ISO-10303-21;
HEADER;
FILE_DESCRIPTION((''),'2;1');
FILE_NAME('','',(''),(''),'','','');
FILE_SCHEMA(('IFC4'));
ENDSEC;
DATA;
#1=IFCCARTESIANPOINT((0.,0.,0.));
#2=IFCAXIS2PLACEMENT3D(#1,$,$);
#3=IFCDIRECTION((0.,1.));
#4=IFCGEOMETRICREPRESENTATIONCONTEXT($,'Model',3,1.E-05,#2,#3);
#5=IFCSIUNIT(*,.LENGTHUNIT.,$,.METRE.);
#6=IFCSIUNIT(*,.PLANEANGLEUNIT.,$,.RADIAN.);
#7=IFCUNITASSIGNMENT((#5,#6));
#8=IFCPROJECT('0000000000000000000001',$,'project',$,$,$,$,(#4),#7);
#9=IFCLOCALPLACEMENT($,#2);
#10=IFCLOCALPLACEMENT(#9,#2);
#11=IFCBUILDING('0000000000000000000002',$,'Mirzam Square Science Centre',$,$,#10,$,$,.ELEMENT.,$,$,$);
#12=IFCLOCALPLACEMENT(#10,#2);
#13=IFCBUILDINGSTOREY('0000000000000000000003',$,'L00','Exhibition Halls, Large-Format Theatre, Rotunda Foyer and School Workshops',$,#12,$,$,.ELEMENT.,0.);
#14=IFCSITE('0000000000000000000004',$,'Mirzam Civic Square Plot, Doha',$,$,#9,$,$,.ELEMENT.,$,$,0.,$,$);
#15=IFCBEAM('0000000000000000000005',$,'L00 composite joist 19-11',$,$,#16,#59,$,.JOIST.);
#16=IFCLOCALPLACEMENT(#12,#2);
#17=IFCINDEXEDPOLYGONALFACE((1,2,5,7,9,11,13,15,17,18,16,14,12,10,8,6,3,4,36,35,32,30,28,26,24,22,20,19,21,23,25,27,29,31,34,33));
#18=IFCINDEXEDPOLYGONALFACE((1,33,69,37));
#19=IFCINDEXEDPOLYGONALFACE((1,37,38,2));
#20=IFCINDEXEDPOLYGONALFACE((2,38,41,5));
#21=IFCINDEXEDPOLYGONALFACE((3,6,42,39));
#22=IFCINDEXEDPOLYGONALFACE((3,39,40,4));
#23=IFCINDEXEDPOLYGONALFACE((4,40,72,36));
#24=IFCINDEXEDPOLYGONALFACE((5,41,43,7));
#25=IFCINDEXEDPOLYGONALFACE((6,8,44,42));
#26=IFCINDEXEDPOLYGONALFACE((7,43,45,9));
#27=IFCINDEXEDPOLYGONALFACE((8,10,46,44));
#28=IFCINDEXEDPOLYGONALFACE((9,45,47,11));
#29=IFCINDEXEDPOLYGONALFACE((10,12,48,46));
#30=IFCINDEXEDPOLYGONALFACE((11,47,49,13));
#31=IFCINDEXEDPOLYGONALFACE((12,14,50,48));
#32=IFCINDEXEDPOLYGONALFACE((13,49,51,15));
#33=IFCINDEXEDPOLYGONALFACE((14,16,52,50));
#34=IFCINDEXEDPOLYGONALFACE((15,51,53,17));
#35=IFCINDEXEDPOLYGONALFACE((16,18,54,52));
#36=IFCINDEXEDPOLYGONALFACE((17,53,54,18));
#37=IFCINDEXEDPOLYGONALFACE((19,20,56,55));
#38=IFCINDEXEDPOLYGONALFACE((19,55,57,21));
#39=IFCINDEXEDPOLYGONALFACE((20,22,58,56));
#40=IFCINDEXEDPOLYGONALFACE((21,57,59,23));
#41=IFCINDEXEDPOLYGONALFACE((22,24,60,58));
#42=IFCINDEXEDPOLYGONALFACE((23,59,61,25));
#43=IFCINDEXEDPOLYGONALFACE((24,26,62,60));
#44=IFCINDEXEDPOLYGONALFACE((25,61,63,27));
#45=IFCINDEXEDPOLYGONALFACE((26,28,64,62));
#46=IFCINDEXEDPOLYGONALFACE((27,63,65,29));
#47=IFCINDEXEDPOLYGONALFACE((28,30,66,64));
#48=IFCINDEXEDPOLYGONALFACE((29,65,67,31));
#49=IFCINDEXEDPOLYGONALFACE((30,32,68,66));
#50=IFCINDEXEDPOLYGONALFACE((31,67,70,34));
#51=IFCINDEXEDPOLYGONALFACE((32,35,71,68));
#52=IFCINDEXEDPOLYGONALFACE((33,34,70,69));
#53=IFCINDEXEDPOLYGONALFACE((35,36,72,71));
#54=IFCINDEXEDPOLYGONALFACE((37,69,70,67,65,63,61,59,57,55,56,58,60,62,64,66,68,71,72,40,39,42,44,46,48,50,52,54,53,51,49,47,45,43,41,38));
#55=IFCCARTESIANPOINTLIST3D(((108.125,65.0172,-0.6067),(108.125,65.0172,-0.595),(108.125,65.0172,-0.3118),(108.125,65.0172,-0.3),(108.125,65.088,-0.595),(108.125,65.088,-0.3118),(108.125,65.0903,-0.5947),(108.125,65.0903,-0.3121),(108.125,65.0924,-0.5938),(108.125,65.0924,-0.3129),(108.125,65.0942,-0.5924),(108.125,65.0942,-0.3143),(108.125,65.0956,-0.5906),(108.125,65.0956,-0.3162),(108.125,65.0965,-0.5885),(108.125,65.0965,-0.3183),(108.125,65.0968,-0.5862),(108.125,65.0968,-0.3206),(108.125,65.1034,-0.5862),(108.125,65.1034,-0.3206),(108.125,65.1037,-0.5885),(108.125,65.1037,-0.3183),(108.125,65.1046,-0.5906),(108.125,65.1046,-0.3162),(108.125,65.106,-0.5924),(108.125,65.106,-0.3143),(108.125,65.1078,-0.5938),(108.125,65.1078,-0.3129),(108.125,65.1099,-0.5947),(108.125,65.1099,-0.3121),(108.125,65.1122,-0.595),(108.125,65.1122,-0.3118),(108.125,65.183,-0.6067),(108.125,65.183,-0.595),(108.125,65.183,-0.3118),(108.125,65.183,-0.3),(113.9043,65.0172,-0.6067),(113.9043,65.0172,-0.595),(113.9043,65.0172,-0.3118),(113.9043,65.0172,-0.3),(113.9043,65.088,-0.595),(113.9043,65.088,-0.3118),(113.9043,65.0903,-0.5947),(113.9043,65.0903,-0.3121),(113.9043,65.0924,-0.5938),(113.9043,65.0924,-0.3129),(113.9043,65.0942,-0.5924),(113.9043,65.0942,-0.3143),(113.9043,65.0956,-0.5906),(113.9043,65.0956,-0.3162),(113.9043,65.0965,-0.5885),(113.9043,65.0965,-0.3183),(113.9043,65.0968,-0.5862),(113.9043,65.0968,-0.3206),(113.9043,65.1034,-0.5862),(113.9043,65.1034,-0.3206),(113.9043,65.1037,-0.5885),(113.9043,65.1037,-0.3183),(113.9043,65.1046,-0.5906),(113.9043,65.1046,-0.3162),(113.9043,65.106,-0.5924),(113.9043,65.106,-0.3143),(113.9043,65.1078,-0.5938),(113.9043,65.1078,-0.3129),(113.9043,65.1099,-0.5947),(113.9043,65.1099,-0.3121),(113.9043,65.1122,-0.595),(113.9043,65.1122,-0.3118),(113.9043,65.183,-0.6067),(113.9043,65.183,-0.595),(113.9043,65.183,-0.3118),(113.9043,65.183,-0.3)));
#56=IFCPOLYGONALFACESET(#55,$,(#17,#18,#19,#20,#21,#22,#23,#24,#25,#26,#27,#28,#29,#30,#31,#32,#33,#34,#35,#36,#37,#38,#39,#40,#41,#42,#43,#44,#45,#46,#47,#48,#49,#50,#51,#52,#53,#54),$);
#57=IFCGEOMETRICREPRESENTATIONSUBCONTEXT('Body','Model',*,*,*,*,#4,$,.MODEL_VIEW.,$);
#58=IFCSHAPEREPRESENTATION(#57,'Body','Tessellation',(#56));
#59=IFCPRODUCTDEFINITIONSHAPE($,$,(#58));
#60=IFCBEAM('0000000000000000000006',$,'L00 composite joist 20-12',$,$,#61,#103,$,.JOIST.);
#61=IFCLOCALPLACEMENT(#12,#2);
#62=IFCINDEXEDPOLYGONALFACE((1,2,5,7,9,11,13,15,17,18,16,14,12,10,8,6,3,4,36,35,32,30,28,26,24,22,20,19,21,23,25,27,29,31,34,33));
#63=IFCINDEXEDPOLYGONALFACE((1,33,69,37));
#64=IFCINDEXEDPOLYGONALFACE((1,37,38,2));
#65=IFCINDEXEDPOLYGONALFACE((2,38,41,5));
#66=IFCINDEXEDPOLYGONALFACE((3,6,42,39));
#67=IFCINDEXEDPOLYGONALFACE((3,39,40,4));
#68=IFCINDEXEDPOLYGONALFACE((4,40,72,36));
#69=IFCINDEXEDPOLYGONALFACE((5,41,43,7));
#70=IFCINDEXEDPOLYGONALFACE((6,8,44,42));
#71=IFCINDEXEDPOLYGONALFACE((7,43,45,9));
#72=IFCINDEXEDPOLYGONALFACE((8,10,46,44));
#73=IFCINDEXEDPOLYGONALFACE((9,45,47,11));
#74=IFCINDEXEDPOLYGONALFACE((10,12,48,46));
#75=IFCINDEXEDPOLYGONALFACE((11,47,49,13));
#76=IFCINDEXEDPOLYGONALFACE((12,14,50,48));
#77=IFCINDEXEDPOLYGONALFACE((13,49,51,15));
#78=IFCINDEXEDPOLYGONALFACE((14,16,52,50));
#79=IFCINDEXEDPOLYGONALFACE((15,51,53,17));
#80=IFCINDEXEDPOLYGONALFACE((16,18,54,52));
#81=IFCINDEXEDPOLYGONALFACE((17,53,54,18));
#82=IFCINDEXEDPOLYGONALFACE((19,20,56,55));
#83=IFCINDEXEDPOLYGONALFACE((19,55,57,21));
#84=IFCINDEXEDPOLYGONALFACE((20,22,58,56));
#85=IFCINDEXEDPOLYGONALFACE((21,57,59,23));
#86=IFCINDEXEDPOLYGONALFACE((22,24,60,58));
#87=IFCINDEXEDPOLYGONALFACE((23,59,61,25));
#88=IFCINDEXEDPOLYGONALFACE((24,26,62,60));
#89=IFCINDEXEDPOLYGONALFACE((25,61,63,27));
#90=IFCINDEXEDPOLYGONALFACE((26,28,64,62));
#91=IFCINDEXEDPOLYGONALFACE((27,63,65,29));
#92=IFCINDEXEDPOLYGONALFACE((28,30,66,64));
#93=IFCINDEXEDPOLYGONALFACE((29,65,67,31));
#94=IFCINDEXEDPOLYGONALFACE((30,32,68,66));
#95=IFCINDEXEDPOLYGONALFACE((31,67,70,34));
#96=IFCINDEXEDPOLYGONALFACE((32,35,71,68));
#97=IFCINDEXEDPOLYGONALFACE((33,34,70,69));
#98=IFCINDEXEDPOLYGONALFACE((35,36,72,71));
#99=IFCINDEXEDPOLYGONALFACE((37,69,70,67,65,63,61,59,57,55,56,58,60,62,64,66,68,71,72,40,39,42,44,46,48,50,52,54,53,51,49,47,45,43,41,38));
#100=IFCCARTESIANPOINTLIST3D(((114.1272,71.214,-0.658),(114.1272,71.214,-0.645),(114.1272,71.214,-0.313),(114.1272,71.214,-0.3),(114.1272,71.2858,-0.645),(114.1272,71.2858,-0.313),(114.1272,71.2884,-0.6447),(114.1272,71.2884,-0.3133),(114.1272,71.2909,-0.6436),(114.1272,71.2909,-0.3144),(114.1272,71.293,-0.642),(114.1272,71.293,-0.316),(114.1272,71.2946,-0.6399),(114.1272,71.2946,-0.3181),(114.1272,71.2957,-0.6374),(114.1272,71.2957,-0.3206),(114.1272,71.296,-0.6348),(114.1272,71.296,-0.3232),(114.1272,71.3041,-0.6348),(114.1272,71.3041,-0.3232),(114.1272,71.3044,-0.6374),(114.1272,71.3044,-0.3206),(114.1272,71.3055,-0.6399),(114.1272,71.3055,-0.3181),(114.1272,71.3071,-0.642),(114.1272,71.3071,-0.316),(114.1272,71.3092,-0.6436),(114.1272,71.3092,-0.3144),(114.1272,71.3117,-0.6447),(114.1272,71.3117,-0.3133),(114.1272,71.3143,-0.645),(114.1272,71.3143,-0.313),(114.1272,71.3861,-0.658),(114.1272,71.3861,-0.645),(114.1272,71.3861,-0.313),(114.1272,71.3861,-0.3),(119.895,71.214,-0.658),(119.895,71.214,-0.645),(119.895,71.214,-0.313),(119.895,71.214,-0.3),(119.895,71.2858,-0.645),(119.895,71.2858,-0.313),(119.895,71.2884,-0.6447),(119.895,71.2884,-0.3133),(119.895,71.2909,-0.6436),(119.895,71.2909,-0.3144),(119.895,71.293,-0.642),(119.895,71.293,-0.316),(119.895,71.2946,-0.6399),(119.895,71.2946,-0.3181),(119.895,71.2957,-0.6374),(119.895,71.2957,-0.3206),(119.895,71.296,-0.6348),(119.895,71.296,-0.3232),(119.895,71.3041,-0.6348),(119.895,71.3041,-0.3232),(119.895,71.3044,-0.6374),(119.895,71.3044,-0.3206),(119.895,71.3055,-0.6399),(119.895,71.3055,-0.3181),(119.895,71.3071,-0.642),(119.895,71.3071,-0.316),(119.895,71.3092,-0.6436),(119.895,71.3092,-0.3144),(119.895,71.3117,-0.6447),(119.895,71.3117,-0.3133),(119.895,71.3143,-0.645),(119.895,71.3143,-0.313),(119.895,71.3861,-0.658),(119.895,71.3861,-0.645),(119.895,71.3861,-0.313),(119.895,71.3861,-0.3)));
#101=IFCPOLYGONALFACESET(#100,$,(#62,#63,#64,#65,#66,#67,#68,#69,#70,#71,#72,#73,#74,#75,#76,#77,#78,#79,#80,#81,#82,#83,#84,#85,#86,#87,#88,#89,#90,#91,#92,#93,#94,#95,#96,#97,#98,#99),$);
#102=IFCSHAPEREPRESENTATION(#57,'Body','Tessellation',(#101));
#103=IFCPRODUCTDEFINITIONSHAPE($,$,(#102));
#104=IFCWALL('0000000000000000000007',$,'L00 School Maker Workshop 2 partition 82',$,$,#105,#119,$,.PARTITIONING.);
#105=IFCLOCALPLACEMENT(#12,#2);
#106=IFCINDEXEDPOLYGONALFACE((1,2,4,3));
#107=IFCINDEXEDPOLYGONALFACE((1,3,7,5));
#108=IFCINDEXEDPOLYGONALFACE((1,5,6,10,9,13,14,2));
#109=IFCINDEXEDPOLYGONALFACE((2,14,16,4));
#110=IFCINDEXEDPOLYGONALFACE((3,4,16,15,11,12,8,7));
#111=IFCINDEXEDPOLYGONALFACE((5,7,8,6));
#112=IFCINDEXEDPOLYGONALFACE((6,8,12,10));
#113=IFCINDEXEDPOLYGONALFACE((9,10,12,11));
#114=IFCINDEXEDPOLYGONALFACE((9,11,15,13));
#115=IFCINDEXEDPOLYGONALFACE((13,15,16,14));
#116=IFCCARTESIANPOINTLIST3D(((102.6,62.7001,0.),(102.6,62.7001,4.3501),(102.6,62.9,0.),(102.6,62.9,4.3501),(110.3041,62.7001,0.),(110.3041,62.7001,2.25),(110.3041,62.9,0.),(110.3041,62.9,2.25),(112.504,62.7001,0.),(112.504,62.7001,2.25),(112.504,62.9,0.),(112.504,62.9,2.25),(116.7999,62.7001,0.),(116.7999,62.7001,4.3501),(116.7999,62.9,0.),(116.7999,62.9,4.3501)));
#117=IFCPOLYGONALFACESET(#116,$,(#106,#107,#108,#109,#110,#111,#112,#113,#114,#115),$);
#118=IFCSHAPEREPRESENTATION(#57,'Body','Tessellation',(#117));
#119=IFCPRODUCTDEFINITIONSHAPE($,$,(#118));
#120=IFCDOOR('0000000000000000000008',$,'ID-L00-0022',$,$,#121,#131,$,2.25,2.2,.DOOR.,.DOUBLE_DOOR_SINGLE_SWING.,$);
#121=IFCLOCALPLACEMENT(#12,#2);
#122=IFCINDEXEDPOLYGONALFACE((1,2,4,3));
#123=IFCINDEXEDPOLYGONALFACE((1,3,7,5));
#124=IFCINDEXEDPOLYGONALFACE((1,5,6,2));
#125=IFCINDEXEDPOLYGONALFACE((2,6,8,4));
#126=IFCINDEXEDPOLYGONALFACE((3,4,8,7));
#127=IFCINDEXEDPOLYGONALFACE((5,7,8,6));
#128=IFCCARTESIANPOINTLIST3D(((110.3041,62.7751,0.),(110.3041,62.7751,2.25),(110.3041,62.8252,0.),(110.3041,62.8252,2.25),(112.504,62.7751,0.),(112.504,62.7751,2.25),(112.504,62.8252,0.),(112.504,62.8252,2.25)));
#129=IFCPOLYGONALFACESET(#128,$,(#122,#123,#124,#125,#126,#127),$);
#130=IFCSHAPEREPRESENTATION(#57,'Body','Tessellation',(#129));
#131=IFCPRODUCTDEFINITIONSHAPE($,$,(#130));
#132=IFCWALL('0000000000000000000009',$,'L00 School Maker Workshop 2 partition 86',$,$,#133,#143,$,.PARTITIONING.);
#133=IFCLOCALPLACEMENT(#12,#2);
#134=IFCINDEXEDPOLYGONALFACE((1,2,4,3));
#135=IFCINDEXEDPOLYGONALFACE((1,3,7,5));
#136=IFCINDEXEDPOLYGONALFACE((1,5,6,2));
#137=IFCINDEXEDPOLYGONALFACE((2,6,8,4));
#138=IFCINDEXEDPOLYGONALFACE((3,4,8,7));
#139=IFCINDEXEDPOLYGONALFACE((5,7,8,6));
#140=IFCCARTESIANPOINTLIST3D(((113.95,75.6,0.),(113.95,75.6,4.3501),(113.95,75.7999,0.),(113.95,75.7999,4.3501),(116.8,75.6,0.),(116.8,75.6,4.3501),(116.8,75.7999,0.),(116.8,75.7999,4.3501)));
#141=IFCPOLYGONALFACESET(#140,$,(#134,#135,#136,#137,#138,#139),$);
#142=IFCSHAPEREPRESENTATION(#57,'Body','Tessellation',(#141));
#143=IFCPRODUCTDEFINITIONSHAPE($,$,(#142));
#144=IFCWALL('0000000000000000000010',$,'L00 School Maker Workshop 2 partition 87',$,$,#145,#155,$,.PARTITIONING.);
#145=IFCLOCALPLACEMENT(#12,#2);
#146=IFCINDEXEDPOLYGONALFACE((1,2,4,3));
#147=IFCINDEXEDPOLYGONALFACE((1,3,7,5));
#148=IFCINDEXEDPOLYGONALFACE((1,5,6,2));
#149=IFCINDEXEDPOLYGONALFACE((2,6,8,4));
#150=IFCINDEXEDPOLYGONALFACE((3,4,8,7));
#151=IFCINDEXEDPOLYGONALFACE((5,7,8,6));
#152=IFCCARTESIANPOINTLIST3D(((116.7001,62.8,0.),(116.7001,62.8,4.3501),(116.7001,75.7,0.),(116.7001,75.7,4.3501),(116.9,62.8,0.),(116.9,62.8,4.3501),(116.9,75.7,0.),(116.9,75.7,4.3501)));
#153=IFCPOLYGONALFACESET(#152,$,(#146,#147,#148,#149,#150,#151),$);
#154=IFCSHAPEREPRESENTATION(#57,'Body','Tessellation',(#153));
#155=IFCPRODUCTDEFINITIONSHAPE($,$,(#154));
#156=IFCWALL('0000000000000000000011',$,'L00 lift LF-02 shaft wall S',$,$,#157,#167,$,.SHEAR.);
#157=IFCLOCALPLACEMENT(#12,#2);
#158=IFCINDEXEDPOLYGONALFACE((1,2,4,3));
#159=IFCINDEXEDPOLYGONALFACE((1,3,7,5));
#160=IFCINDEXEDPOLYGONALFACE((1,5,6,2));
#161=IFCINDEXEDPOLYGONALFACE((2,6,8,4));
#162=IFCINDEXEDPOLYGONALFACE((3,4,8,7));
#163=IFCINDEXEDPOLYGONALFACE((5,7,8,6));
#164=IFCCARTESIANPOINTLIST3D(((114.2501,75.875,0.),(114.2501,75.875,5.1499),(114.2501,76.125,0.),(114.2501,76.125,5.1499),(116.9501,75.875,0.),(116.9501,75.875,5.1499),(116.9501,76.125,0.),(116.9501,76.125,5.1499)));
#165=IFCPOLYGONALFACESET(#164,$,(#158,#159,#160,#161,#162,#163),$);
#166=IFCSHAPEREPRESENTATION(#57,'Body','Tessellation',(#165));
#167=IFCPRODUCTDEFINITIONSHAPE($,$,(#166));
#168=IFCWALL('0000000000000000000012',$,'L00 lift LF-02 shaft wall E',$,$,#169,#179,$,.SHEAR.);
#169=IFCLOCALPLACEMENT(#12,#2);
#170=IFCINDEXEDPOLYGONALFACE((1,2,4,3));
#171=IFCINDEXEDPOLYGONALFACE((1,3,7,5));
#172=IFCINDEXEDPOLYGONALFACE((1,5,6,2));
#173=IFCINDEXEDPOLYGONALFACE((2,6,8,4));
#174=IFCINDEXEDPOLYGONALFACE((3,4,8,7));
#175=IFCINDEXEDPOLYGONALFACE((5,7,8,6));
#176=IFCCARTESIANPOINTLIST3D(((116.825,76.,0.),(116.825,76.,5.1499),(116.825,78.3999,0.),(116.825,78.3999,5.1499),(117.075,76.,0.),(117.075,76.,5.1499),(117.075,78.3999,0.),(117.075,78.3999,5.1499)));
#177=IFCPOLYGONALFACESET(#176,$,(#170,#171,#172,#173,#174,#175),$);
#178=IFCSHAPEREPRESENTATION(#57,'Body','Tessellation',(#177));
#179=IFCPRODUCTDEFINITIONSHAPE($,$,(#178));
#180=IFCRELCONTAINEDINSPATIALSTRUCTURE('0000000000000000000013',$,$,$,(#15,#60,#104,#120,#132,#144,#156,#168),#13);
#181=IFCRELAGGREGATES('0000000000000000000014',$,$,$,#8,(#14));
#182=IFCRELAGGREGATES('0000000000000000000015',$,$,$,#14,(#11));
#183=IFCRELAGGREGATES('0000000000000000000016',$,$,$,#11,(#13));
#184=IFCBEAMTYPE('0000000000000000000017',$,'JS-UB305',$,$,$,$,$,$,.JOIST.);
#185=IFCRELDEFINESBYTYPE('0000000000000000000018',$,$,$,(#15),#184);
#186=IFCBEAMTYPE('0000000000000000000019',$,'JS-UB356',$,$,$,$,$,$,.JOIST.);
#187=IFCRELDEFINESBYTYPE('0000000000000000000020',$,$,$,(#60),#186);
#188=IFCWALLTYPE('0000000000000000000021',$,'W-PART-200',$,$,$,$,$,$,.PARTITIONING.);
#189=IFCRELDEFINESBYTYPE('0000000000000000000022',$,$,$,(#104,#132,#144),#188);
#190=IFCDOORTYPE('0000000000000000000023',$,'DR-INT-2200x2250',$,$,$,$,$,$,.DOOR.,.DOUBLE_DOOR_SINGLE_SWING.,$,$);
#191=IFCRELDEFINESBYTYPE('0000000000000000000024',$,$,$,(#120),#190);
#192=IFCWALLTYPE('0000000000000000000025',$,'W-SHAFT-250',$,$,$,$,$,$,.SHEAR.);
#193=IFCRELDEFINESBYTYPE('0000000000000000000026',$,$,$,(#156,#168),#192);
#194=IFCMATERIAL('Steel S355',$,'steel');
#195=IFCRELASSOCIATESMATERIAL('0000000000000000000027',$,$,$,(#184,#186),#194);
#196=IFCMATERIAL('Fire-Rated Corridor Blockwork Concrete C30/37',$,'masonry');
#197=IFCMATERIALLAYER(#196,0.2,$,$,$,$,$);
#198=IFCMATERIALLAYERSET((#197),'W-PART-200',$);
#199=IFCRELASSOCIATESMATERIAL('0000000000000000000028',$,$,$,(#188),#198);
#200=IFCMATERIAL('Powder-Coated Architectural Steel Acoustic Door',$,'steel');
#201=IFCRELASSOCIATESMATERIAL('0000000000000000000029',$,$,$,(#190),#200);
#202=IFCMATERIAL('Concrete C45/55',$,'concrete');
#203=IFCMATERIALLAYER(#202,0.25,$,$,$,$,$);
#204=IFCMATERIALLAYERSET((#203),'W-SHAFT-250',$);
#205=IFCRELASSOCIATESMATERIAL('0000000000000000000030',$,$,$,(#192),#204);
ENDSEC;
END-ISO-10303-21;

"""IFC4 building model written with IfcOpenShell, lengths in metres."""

from ifc_helpers import new_model, si_unit, direction, frame, frame_2d, origin, origin_2d, place, context, subcontext, project, spatial, rectangle, i_section, extrude, material, layer, layer_set, material_profile, profile_set, type_object, element, fill, save


model = new_model("IFC4")

# Units and contexts
model_context = context("Model", 3, precision=1e-05, world=origin(), true_north=direction((0.0, 1.0)))
body_context = subcontext(model_context, "Body", "Model", "MODEL_VIEW")
ifc_project = project(units=[si_unit("LENGTHUNIT", "METRE"), si_unit("PLANEANGLEUNIT", "RADIAN")], contexts=[model_context])

# Site, building, storey
site_placement = place(None, origin())
site = spatial("IfcSite", under=ifc_project, at=site_placement, Name="Mirzam Civic Square Plot, Doha", CompositionType="ELEMENT", RefElevation=0.0)
building_placement = place(site_placement, origin())
building = spatial("IfcBuilding", under=site, at=building_placement, Name="Mirzam Square Science Centre", CompositionType="ELEMENT")
storey_placement = place(building_placement, origin())
storey = spatial("IfcBuildingStorey", under=building, at=storey_placement, Name="L00", Description="Exhibition Halls, Large-Format Theatre, Rotunda Foyer and School Workshops", CompositionType="ELEMENT", Elevation=0.0)

# Shared definitions
ifc_material_1 = material(Name="Steel S355", Category="steel")

# Beams
ifc_material_profile_1 = material_profile(ifc_material_1, i_section(OverallWidth=0.1658, OverallDepth=0.3066, WebThickness=0.0066, FlangeThickness=0.0117, FilletRadius=0.0088, at=origin_2d()), Name="305x165x46UB")
ifc_profile_set_1 = profile_set([ifc_material_profile_1], Name="Steel S355")
beam_type_1 = type_object("IfcBeamType", Name="JS-UB305", PredefinedType="JOIST", material=ifc_profile_set_1)
for number, where, z_axis, x_axis, name in (
    (1, (108.125, 65.1001, -0.4534), (1.0, 0.0, 0.0), (0.0, 1.0, 0.0), "L00 composite joist 19-11"),
):
    element("IfcBeam", number, at=place(storey_placement, frame(where, z_axis=z_axis, x_axis=x_axis)), inside=storey, type_object=beam_type_1, Name=name, PredefinedType="JOIST", context=body_context, shape_type="SweptSolid", body=[
        extrude(i_section(OverallWidth=0.1658, OverallDepth=0.3066, WebThickness=0.0066, FlangeThickness=0.0117, FilletRadius=0.0088, at=origin_2d()), origin(), (0.0, 0.0, 1.0), 5.7793),
    ])
ifc_material_profile_2 = material_profile(ifc_material_1, i_section(OverallWidth=0.1721, OverallDepth=0.3579, WebThickness=0.0081, FlangeThickness=0.0129, FilletRadius=0.0103, at=origin_2d()), Name="356x171x57UB")
ifc_profile_set_2 = profile_set([ifc_material_profile_2], Name="Steel S355")
beam_type_2 = type_object("IfcBeamType", Name="JS-UB356", PredefinedType="JOIST", material=ifc_profile_set_2)
beam_1_placement = place(storey_placement, frame((114.1272, 71.3, -0.479), z_axis=(1.0, 0.0, 0.0), x_axis=(0.0, 1.0, 0.0)))
element("IfcBeam", 2, at=beam_1_placement, inside=storey, type_object=beam_type_2, Name="L00 composite joist 20-12", PredefinedType="JOIST", context=body_context, shape_type="SweptSolid", body=[
    extrude(i_section(OverallWidth=0.1721, OverallDepth=0.3579, WebThickness=0.0081, FlangeThickness=0.0129, FilletRadius=0.0103, at=origin_2d()), origin(), (0.0, 0.0, 1.0), 5.7678),
])

# Wall, opening, door
ifc_material_2 = material(Name="Fire-Rated Corridor Blockwork Concrete C30/37", Category="masonry")
ifc_layer_1 = layer(ifc_material_2, 0.2)
ifc_layer_set_1 = layer_set([ifc_layer_1], Name="W-PART-200")
wall_type_1 = type_object("IfcWallType", Name="W-PART-200", PredefinedType="PARTITIONING", material=ifc_layer_set_1)
wall_1_placement = place(storey_placement, frame((116.8, 62.8, 0.0), z_axis=(0.0, 0.0, 1.0), x_axis=(-1.0, 0.0, 0.0)))
wall_1 = element("IfcWall", 3, at=wall_1_placement, inside=storey, type_object=wall_type_1, Name="L00 School Maker Workshop 2 partition 82", PredefinedType="PARTITIONING", context=body_context, shape_type="SweptSolid", body=[
    extrude(rectangle(XDim=14.2, YDim=0.2, at=frame_2d((7.1001, 0.0))), origin(), (0.0, 0.0, 1.0), 4.3501),
])
opening_placement = place(wall_1_placement, frame((4.2959, 0.0, 0.0)))
opening = element("IfcOpeningElement", 4, at=opening_placement, cuts=wall_1, PredefinedType="OPENING", context=body_context, shape_type="SweptSolid", body=[
    extrude(rectangle(XDim=2.2, YDim=2.25, at=frame_2d((1.1001, 1.125))), frame((0.0, 0.1099, 0.0), z_axis=(0.0, -1.0, 0.0), x_axis=(1.0, 0.0, 0.0)), (0.0, 0.0, 1.0), 0.22),
])
ifc_material_3 = material(Name="Powder-Coated Architectural Steel Acoustic Door", Category="steel")
door_type = type_object("IfcDoorType", Name="DR-INT-2200x2250", OperationType="DOUBLE_DOOR_SINGLE_SWING", PredefinedType="DOOR", material=ifc_material_3)
door_placement = place(opening_placement, origin())
door = element("IfcDoor", 5, at=door_placement, inside=storey, type_object=door_type, Name="ID-L00-0022", OperationType="DOUBLE_DOOR_SINGLE_SWING", OverallHeight=2.25, OverallWidth=2.2, PredefinedType="DOOR", context=body_context, shape_type="SweptSolid", body=[
    extrude(rectangle(XDim=2.2, YDim=2.25, at=frame_2d((1.1001, 1.125))), frame((0.0, 0.0249, 0.0), z_axis=(0.0, -1.0, 0.0), x_axis=(1.0, 0.0, 0.0)), (0.0, 0.0, 1.0), 0.05),
])
fill(opening, door)

# Walls
wall_2_placement = place(storey_placement, frame((113.95, 75.7, 0.0), z_axis=(0.0, 0.0, 1.0), x_axis=(1.0, 0.0, 0.0)))
element("IfcWall", 6, at=wall_2_placement, inside=storey, type_object=wall_type_1, Name="L00 School Maker Workshop 2 partition 86", PredefinedType="PARTITIONING", context=body_context, shape_type="SweptSolid", body=[
    extrude(rectangle(XDim=2.8501, YDim=0.2, at=frame_2d((1.425, 0.0))), origin(), (0.0, 0.0, 1.0), 4.3501),
])
wall_3_placement = place(storey_placement, frame((116.8, 75.7, 0.0), z_axis=(0.0, 0.0, 1.0), x_axis=(0.0, -1.0, 0.0)))
element("IfcWall", 7, at=wall_3_placement, inside=storey, type_object=wall_type_1, Name="L00 School Maker Workshop 2 partition 87", PredefinedType="PARTITIONING", context=body_context, shape_type="SweptSolid", body=[
    extrude(rectangle(XDim=12.8999, YDim=0.2, at=frame_2d((6.45, 0.0))), origin(), (0.0, 0.0, 1.0), 4.3501),
])
ifc_material_4 = material(Name="Concrete C45/55", Category="concrete")
ifc_layer_2 = layer(ifc_material_4, 0.25)
ifc_layer_set_2 = layer_set([ifc_layer_2], Name="W-SHAFT-250")
wall_type_2 = type_object("IfcWallType", Name="W-SHAFT-250", PredefinedType="SHEAR", material=ifc_layer_set_2)
wall_4_placement = place(storey_placement, frame((114.25, 76.0, 0.0), z_axis=(0.0, 0.0, 1.0), x_axis=(1.0, 0.0, 0.0)))
element("IfcWall", 8, at=wall_4_placement, inside=storey, type_object=wall_type_2, Name="L00 lift LF-02 shaft wall S", PredefinedType="SHEAR", context=body_context, shape_type="SweptSolid", body=[
    extrude(rectangle(XDim=2.7, YDim=0.25, at=frame_2d((1.3501, 0.0))), origin(), (0.0, 0.0, 1.0), 5.1499),
])
wall_5_placement = place(storey_placement, frame((116.95, 76.0, 0.0), z_axis=(0.0, 0.0, 1.0), x_axis=(0.0, 1.0, 0.0)))
element("IfcWall", 9, at=wall_5_placement, inside=storey, type_object=wall_type_2, Name="L00 lift LF-02 shaft wall E", PredefinedType="SHEAR", context=body_context, shape_type="SweptSolid", body=[
    extrude(rectangle(XDim=2.3999, YDim=0.25, at=frame_2d((1.2, 0.0))), origin(), (0.0, 0.0, 1.0), 5.1499),
])

save(model, "model.ifc")
